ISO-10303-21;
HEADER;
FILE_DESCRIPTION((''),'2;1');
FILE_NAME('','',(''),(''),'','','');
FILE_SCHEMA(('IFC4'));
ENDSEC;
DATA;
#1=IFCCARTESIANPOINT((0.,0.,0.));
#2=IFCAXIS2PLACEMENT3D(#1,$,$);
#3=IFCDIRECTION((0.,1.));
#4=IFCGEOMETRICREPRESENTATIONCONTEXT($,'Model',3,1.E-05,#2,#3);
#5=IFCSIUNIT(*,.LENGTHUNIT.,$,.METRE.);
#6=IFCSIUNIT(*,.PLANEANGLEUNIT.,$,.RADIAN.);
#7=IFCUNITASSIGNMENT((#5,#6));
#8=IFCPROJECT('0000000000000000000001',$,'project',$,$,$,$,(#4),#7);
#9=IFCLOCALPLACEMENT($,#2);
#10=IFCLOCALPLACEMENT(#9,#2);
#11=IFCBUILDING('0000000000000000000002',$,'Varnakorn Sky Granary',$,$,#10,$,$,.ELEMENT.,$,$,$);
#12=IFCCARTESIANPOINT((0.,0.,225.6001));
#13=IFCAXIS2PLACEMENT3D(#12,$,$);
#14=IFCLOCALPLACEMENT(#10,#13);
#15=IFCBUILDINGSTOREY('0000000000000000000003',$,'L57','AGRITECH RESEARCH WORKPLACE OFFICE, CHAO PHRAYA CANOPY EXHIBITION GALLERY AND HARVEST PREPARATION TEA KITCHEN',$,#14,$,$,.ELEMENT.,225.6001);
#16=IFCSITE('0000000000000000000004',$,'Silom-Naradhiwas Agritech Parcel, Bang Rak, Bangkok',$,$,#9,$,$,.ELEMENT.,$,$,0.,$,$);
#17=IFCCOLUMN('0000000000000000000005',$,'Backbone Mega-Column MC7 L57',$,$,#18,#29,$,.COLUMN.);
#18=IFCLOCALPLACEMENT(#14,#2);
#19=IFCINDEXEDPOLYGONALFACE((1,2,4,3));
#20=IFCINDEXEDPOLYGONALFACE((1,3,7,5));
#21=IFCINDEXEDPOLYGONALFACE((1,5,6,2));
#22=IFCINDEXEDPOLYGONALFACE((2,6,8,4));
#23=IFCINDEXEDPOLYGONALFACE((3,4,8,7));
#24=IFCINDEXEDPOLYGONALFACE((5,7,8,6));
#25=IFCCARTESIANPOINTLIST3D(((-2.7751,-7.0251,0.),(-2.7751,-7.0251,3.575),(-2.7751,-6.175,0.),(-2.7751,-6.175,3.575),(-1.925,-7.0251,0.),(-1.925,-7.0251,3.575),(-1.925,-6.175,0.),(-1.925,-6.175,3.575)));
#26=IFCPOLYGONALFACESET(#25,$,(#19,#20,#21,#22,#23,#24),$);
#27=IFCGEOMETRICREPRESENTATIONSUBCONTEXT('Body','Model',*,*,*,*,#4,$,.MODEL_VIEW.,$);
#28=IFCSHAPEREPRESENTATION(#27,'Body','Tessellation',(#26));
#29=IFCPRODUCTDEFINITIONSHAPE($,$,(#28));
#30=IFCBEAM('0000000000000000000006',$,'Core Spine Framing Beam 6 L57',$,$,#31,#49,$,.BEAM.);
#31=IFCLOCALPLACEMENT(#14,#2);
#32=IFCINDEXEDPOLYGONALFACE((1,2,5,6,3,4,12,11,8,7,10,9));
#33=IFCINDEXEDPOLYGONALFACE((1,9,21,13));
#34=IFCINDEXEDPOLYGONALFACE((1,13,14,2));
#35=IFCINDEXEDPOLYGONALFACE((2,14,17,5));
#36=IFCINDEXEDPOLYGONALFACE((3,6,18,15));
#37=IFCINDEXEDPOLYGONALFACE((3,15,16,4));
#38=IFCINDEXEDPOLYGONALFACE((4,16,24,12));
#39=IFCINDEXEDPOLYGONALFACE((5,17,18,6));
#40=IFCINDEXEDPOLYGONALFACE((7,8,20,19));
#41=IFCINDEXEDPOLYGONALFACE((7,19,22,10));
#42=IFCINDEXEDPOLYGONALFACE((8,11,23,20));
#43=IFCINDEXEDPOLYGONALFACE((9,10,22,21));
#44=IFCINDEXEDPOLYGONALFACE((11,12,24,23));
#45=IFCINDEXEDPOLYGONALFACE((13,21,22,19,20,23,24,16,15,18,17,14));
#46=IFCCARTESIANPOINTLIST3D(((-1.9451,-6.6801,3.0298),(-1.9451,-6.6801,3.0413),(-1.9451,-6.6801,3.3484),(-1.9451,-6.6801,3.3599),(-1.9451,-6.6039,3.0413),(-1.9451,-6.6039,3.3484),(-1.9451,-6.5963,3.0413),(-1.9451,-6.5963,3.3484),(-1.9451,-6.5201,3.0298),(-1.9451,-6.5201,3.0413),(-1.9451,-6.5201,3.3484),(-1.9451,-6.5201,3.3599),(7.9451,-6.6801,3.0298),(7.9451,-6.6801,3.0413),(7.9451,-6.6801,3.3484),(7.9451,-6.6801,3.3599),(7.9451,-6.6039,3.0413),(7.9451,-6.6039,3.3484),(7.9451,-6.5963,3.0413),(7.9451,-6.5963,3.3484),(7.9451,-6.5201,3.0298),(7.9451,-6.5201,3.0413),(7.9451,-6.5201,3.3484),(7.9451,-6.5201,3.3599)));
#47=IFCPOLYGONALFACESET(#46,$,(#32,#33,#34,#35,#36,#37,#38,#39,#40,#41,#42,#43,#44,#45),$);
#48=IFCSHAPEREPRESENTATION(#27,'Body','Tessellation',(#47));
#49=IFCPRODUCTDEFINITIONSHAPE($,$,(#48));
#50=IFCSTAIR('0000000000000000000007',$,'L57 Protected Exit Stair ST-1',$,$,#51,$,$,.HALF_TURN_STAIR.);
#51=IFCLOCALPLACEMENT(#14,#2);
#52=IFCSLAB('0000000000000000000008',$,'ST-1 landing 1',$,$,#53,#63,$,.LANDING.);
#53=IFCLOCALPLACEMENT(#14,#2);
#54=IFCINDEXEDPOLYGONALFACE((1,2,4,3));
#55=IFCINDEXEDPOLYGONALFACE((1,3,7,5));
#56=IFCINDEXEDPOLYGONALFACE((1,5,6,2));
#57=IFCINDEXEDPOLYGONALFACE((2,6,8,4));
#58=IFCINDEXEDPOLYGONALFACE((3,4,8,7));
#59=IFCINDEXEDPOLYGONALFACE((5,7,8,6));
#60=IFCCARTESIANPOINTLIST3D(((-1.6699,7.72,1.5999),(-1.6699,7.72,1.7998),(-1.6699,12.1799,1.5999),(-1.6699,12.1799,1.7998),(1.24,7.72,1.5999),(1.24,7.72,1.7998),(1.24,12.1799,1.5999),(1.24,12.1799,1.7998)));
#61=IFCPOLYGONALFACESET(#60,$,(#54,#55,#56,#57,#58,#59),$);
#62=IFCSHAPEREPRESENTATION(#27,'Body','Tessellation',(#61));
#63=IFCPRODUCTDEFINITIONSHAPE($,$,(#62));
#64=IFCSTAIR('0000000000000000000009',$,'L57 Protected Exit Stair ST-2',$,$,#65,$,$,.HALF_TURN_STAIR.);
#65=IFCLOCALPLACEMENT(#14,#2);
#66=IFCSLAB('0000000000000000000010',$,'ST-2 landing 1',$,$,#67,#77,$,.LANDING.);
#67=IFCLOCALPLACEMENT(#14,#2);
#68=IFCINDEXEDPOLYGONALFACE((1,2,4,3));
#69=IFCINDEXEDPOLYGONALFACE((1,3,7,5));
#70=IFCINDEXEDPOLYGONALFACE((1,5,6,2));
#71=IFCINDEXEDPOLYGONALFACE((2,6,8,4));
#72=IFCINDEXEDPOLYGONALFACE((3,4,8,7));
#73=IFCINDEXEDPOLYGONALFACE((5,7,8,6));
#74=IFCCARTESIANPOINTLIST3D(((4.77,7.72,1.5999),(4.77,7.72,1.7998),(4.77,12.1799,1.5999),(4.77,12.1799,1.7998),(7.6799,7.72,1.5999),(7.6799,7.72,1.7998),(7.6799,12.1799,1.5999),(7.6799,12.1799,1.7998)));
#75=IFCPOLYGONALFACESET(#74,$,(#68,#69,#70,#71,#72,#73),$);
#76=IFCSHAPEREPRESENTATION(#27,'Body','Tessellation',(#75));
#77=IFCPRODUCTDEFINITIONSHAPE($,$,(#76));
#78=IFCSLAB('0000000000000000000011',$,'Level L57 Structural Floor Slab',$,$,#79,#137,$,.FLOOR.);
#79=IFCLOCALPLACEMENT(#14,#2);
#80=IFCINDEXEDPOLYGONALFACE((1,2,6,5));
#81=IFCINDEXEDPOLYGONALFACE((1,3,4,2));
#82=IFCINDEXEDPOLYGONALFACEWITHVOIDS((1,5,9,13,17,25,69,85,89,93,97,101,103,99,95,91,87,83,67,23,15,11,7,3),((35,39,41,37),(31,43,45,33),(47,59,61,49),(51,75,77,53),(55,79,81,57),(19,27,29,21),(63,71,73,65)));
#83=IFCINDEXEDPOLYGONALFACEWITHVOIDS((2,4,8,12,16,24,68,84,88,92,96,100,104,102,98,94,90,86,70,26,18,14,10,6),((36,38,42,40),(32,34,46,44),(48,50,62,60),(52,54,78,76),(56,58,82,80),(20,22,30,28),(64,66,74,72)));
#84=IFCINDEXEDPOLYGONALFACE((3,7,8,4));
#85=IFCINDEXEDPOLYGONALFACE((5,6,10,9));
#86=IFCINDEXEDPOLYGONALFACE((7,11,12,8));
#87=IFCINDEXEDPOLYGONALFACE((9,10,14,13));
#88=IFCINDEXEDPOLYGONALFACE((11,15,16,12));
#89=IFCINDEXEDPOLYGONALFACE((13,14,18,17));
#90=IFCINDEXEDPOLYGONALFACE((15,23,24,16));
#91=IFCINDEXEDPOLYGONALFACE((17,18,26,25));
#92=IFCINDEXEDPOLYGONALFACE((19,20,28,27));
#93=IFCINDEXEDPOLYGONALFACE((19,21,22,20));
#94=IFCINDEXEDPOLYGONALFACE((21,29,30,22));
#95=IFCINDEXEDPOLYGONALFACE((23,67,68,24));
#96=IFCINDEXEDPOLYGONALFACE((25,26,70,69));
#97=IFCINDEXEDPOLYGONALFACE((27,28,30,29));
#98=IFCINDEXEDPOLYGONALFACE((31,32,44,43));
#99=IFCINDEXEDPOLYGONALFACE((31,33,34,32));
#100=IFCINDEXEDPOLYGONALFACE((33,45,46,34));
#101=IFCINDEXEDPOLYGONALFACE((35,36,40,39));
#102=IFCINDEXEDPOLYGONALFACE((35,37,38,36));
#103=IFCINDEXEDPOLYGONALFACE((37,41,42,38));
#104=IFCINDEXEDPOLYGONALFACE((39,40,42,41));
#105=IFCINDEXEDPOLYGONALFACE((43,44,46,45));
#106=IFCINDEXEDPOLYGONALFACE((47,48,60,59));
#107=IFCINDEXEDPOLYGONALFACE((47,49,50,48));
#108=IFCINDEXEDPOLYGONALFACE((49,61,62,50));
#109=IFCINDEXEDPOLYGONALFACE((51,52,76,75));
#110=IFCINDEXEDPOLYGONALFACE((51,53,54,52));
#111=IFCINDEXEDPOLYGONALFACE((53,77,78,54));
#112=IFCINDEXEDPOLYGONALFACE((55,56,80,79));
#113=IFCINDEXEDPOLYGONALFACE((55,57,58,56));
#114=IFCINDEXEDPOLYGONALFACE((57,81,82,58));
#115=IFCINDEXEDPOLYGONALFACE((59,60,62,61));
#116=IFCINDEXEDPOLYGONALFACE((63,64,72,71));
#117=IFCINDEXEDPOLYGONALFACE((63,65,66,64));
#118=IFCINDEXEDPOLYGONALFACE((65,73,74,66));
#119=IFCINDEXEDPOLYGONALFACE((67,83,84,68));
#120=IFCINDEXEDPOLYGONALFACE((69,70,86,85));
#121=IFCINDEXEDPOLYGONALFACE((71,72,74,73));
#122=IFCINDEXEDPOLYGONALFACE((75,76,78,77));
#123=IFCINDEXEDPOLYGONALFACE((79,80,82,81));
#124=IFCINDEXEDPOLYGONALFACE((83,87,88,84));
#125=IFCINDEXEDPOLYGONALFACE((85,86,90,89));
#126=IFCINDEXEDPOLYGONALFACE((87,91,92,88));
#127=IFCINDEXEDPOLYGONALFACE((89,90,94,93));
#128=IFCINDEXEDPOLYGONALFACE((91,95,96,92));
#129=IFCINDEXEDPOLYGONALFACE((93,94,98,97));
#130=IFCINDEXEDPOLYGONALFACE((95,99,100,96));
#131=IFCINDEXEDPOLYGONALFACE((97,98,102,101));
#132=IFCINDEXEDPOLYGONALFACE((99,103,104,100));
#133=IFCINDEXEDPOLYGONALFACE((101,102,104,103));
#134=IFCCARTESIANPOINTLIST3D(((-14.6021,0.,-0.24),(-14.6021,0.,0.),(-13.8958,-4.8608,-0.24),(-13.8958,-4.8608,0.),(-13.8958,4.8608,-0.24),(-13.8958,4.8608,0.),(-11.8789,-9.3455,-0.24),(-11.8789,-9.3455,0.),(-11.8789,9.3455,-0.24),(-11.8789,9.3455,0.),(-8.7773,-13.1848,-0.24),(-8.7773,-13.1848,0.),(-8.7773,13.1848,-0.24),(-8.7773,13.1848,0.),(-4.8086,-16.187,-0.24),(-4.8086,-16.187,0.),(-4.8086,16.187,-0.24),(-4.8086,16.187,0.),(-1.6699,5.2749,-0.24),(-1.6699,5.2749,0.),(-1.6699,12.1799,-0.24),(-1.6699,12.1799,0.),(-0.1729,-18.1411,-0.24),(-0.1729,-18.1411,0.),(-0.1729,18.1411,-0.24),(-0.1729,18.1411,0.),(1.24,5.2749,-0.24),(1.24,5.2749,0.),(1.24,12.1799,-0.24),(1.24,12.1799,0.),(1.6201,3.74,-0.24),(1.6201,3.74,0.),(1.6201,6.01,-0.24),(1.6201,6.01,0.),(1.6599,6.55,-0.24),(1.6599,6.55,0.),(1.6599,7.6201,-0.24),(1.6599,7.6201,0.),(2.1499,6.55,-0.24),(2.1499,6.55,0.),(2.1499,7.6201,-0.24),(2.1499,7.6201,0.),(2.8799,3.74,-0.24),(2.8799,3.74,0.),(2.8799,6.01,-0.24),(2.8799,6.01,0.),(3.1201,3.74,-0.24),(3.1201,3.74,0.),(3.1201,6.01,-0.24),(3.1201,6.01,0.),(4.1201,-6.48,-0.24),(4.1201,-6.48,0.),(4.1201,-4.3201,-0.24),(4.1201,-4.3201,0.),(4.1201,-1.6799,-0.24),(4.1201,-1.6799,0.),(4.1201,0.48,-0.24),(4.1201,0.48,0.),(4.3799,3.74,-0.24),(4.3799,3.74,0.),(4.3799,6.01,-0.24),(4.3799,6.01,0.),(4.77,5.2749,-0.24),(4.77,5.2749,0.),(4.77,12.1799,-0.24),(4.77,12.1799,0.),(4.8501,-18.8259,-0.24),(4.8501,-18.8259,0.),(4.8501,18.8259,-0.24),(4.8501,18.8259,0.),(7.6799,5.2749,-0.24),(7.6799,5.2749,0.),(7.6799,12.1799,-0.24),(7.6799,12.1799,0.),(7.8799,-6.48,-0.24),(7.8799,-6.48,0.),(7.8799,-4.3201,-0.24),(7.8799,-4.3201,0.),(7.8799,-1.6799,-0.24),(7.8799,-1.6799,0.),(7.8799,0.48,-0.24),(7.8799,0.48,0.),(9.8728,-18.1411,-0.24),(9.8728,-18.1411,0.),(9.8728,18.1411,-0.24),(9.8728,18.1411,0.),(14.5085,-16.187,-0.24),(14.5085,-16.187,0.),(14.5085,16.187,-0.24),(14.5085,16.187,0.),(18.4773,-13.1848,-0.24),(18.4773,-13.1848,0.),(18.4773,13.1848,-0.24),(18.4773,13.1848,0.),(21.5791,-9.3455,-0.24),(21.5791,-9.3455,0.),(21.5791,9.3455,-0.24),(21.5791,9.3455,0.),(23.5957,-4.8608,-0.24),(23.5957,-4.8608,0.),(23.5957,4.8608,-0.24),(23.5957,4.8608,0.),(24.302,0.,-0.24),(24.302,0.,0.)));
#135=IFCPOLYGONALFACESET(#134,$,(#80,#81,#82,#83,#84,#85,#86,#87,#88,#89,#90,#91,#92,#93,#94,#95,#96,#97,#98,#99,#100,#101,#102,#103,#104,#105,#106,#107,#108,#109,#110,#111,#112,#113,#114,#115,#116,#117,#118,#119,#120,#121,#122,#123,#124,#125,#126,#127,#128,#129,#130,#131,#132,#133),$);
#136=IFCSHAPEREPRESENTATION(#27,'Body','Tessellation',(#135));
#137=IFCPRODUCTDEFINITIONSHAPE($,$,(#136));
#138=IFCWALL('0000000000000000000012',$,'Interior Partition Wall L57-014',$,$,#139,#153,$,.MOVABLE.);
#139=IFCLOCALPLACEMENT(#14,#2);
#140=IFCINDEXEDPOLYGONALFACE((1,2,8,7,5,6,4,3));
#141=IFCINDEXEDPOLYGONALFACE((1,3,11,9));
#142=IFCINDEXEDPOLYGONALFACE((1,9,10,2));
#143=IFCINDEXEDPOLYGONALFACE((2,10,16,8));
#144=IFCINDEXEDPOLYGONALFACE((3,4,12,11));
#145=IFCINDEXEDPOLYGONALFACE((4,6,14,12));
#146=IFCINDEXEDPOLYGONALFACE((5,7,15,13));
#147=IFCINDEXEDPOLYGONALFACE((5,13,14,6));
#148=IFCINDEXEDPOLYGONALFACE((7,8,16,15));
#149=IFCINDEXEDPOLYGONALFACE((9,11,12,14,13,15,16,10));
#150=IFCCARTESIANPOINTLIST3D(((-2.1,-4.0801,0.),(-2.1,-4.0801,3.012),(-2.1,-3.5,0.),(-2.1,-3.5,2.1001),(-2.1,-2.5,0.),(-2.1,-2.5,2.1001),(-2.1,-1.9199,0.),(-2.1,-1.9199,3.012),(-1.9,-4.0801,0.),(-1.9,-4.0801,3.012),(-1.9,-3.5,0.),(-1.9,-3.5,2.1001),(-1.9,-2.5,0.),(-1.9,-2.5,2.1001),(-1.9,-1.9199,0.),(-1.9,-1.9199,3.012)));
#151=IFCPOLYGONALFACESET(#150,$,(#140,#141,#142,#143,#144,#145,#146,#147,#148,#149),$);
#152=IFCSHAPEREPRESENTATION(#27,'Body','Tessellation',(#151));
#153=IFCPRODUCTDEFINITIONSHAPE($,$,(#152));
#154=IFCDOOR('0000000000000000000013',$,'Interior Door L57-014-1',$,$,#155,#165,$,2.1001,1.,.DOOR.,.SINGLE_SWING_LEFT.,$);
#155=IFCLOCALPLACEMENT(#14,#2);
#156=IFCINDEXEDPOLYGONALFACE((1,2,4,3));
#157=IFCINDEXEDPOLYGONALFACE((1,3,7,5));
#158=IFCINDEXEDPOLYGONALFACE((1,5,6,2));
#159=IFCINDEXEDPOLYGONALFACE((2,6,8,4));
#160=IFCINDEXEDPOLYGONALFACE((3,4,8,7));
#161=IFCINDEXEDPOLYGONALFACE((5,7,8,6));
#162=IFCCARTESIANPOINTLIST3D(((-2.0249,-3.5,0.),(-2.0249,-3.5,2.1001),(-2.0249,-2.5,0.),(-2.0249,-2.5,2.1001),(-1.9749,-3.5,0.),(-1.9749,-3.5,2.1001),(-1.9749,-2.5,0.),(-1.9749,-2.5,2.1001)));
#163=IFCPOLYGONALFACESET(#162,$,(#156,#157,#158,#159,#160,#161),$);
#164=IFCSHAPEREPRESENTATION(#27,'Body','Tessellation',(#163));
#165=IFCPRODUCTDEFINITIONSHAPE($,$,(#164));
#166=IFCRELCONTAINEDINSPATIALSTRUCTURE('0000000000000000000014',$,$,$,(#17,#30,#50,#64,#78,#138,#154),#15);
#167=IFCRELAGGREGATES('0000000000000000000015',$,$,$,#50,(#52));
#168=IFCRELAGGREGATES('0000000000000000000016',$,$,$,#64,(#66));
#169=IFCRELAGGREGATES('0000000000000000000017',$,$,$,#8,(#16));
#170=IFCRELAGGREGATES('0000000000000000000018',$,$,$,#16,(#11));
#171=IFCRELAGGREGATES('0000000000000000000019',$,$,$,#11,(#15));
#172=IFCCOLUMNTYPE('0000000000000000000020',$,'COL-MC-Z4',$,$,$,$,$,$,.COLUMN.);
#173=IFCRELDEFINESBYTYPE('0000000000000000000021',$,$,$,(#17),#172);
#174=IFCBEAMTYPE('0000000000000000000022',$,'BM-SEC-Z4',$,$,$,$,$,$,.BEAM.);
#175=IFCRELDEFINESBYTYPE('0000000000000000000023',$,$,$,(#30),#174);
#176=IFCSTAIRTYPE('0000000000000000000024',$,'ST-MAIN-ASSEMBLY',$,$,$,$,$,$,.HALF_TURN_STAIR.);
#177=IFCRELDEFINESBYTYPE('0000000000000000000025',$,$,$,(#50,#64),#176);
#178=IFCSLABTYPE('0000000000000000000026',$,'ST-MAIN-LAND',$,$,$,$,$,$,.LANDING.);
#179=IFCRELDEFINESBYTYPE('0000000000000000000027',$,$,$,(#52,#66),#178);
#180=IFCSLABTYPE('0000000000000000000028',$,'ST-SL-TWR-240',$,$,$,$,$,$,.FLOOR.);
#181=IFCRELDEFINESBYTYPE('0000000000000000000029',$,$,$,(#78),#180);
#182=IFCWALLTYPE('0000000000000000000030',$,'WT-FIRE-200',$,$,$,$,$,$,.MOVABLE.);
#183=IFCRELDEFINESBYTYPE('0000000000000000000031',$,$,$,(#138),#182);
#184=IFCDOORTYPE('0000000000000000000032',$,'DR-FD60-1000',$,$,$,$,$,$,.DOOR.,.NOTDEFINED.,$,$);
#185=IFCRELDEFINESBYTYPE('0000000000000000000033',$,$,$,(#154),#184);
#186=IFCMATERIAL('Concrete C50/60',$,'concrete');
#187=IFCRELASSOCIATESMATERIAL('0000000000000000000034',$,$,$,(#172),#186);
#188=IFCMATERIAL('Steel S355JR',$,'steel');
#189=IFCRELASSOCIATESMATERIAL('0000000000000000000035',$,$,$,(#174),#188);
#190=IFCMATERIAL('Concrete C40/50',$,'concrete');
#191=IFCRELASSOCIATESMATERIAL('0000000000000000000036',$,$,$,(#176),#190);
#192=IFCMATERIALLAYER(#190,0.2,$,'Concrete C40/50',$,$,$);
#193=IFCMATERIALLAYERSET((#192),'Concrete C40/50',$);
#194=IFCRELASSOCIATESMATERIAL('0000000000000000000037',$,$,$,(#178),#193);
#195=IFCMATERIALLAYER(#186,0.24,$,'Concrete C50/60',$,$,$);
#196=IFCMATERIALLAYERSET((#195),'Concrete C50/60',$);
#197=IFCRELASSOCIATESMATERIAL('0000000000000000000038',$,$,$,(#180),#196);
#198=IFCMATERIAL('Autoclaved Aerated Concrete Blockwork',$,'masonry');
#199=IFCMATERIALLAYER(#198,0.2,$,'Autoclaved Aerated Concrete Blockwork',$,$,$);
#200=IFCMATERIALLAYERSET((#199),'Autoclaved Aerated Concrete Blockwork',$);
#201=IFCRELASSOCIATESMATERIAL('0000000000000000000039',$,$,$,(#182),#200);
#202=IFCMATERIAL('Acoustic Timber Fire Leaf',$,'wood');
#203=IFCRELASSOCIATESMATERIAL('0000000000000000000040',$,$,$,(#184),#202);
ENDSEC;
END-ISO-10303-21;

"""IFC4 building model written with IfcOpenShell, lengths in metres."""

from ifc_helpers import new_model, si_unit, direction, frame, frame_2d, origin, origin_2d, place, context, subcontext, project, spatial, polyline, rectangle, i_section, outline, extrude, material, layer, layer_set, material_profile, profile_set, type_object, element, fill, aggregate, save


model = new_model("IFC4")

# Units and contexts
model_context = context("Model", 3, precision=1e-05, world=origin(), true_north=direction((0.0, 1.0)))
body_context = subcontext(model_context, "Body", "Model", "MODEL_VIEW")
ifc_project = project(units=[si_unit("LENGTHUNIT", "METRE"), si_unit("PLANEANGLEUNIT", "RADIAN")], contexts=[model_context])

# Site, building, storey
site_placement = place(None, origin())
site = spatial("IfcSite", under=ifc_project, at=site_placement, Name="Silom-Naradhiwas Agritech Parcel, Bang Rak, Bangkok", CompositionType="ELEMENT", RefElevation=0.0)
building_placement = place(site_placement, origin())
building = spatial("IfcBuilding", under=site, at=building_placement, Name="Varnakorn Sky Granary", CompositionType="ELEMENT")
storey_placement = place(building_placement, frame((0.0, 0.0, 225.6001)))
storey = spatial("IfcBuildingStorey", under=building, at=storey_placement, Name="L57", Description="AGRITECH RESEARCH WORKPLACE OFFICE, CHAO PHRAYA CANOPY EXHIBITION GALLERY AND HARVEST PREPARATION TEA KITCHEN", CompositionType="ELEMENT", Elevation=225.6001)

# Column
ifc_material_1 = material(Name="Concrete C50/60", Category="concrete")
ifc_material_profile_1 = material_profile(ifc_material_1, rectangle(XDim=0.8501, YDim=0.8501, at=origin_2d()), Name="RC 850x850")
ifc_profile_set_1 = profile_set([ifc_material_profile_1], Name="Concrete C50/60")
column_type = type_object("IfcColumnType", Name="COL-MC-Z4", PredefinedType="COLUMN", material=ifc_profile_set_1)
column_placement = place(storey_placement, frame((-2.3501, -6.6001, 0.0), z_axis=(0.0, 0.0, 1.0), x_axis=(1.0, 0.0, 0.0)))
element("IfcColumn", 1, at=column_placement, inside=storey, type_object=column_type, Name="Backbone Mega-Column MC7 L57", PredefinedType="COLUMN", context=body_context, shape_type="SweptSolid", body=[
    extrude(rectangle(XDim=0.8501, YDim=0.8501, at=origin_2d()), origin(), (0.0, 0.0, 1.0), 3.575),
])

# Beam
ifc_material_2 = material(Name="Steel S355JR", Category="steel")
ifc_material_profile_2 = material_profile(ifc_material_2, i_section(OverallWidth=0.1599, OverallDepth=0.3301, WebThickness=0.0076, FlangeThickness=0.0115, at=origin_2d()), Name="IPE 330")
ifc_profile_set_2 = profile_set([ifc_material_profile_2], Name="Steel S355JR")
beam_type = type_object("IfcBeamType", Name="BM-SEC-Z4", PredefinedType="BEAM", material=ifc_profile_set_2)
beam_placement = place(storey_placement, frame((-1.9451, -6.6001, 3.1948), z_axis=(1.0, 0.0, 0.0), x_axis=(0.0, 1.0, 0.0)))
element("IfcBeam", 2, at=beam_placement, inside=storey, type_object=beam_type, Name="Core Spine Framing Beam 6 L57", PredefinedType="BEAM", context=body_context, shape_type="SweptSolid", body=[
    extrude(i_section(OverallWidth=0.1599, OverallDepth=0.3301, WebThickness=0.0076, FlangeThickness=0.0115, at=origin_2d()), origin(), (0.0, 0.0, 1.0), 9.8901),
])

# Stairs, slabs
ifc_material_3 = material(Name="Concrete C40/50", Category="concrete")
stair_type = type_object("IfcStairType", Name="ST-MAIN-ASSEMBLY", PredefinedType="HALF_TURN_STAIR", material=ifc_material_3)
stair_1_placement = place(storey_placement, origin())
stair_1 = element("IfcStair", 3, at=stair_1_placement, inside=storey, type_object=stair_type, Name="L57 Protected Exit Stair ST-1", PredefinedType="HALF_TURN_STAIR")
ifc_layer_1 = layer(ifc_material_3, 0.2, Name="Concrete C40/50")
ifc_layer_set_1 = layer_set([ifc_layer_1], Name="Concrete C40/50")
slab_type_1 = type_object("IfcSlabType", Name="ST-MAIN-LAND", PredefinedType="LANDING", material=ifc_layer_set_1)
slab_1_placement = place(storey_placement, frame((0.0, 0.0, 1.5999)))
slab_1 = element("IfcSlab", 4, at=slab_1_placement, type_object=slab_type_1, Name="ST-1 landing 1", PredefinedType="LANDING", context=body_context, shape_type="SweptSolid", body=[
    extrude(outline(polyline([(1.24, 7.72), (1.24, 12.1799), (-1.6699, 12.1799), (-1.6699, 7.72), (1.24, 7.72)])), origin(), (0.0, 0.0, 1.0), 0.2),
])
aggregate(stair_1, [slab_1])
stair_2_placement = place(storey_placement, origin())
stair_2 = element("IfcStair", 5, at=stair_2_placement, inside=storey, type_object=stair_type, Name="L57 Protected Exit Stair ST-2", PredefinedType="HALF_TURN_STAIR")
slab_2_placement = place(storey_placement, frame((0.0, 0.0, 1.5999)))
slab_2 = element("IfcSlab", 6, at=slab_2_placement, type_object=slab_type_1, Name="ST-2 landing 1", PredefinedType="LANDING", context=body_context, shape_type="SweptSolid", body=[
    extrude(outline(polyline([(7.6799, 7.72), (7.6799, 12.1799), (4.77, 12.1799), (4.77, 7.72), (7.6799, 7.72)])), origin(), (0.0, 0.0, 1.0), 0.2),
])
aggregate(stair_2, [slab_2])

# Slab
ifc_layer_2 = layer(ifc_material_1, 0.24, Name="Concrete C50/60")
ifc_layer_set_2 = layer_set([ifc_layer_2], Name="Concrete C50/60")
slab_type_2 = type_object("IfcSlabType", Name="ST-SL-TWR-240", PredefinedType="FLOOR", material=ifc_layer_set_2)
slab_3_placement = place(storey_placement, frame((0.0, 0.0, -0.24)))
element("IfcSlab", 7, at=slab_3_placement, inside=storey, type_object=slab_type_2, Name="Level L57 Structural Floor Slab", PredefinedType="FLOOR", context=body_context, shape_type="SweptSolid", body=[
    extrude(outline(polyline([(24.302, 0.0), (23.5957, 4.8608), (21.5791, 9.3455), (18.4773, 13.1848), (14.5085, 16.187), (9.8728, 18.1411), (4.8501, 18.8259), (-0.1729, 18.1411), (-4.8086, 16.187), (-8.7773, 13.1848), (-11.8789, 9.3455), (-13.8958, 4.8608), (-14.6021, 0.0), (-13.8958, -4.8608), (-11.8789, -9.3455), (-8.7773, -13.1848), (-4.8086, -16.187), (-0.1729, -18.1411), (4.8501, -18.8259), (9.8728, -18.1411), (14.5085, -16.187), (18.4773, -13.1848), (21.5791, -9.3455), (23.5957, -4.8608), (24.302, 0.0)]), holes=[polyline([(1.24, 5.2749), (1.24, 12.1799), (-1.6699, 12.1799), (-1.6699, 5.2749), (1.24, 5.2749)]), polyline([(7.6799, 5.2749), (7.6799, 12.1799), (4.77, 12.1799), (4.77, 5.2749), (7.6799, 5.2749)]), polyline([(1.6599, 6.55), (2.1499, 6.55), (2.1499, 7.6201), (1.6599, 7.6201), (1.6599, 6.55)]), polyline([(1.6201, 3.74), (2.8799, 3.74), (2.8799, 6.01), (1.6201, 6.01), (1.6201, 3.74)]), polyline([(3.1201, 3.74), (4.3799, 3.74), (4.3799, 6.01), (3.1201, 6.01), (3.1201, 3.74)]), polyline([(4.1201, -1.6799), (7.8799, -1.6799), (7.8799, 0.48), (4.1201, 0.48), (4.1201, -1.6799)]), polyline([(4.1201, -6.48), (7.8799, -6.48), (7.8799, -4.3201), (4.1201, -4.3201), (4.1201, -6.48)])]), origin(), (0.0, 0.0, 1.0), 0.24),
])

# Wall, opening, door
ifc_material_4 = material(Name="Autoclaved Aerated Concrete Blockwork", Category="masonry")
ifc_layer_3 = layer(ifc_material_4, 0.2, Name="Autoclaved Aerated Concrete Blockwork")
ifc_layer_set_3 = layer_set([ifc_layer_3], Name="Autoclaved Aerated Concrete Blockwork")
wall_type_1 = type_object("IfcWallType", Name="WT-FIRE-200", PredefinedType="MOVABLE", material=ifc_layer_set_3)
wall_1_placement = place(storey_placement, frame((-2.0, -4.0801, 0.0), z_axis=(0.0, 0.0, 1.0), x_axis=(0.0, 1.0, 0.0)))
wall_1 = element("IfcWall", 8, at=wall_1_placement, inside=storey, type_object=wall_type_1, Name="Interior Partition Wall L57-014", PredefinedType="MOVABLE", context=body_context, shape_type="SweptSolid", body=[
    extrude(rectangle(XDim=2.1602, YDim=0.2, at=frame_2d((1.0801, 0.0))), origin(), (0.0, 0.0, 1.0), 3.012),
])
opening_1_placement = place(wall_1_placement, frame((0.5801, 0.0, 0.0)))
opening_1 = element("IfcOpeningElement", 9, at=opening_1_placement, cuts=wall_1, PredefinedType="OPENING", context=body_context, shape_type="SweptSolid", body=[
    extrude(rectangle(XDim=1.0, YDim=2.1001, at=frame_2d((0.5, 1.05))), frame((0.0, 0.1099, 0.0), z_axis=(0.0, -1.0, 0.0), x_axis=(1.0, 0.0, 0.0)), (0.0, 0.0, 1.0), 0.22),
])
ifc_material_5 = material(Name="Acoustic Timber Fire Leaf", Category="wood")
door_type_1 = type_object("IfcDoorType", Name="DR-FD60-1000", OperationType="NOTDEFINED", PredefinedType="DOOR", material=ifc_material_5)
door_1_placement = place(opening_1_placement, origin())
door_1 = element("IfcDoor", 10, at=door_1_placement, inside=storey, type_object=door_type_1, Name="Interior Door L57-014-1", OperationType="SINGLE_SWING_LEFT", OverallHeight=2.1001, OverallWidth=1.0, PredefinedType="DOOR", context=body_context, shape_type="SweptSolid", body=[
    extrude(rectangle(XDim=1.0, YDim=2.1001, at=frame_2d((0.5, 1.05))), frame((0.0, 0.0249, 0.0), z_axis=(0.0, -1.0, 0.0), x_axis=(1.0, 0.0, 0.0)), (0.0, 0.0, 1.0), 0.05),
])
fill(opening_1, door_1)

save(model, "model.ifc")
